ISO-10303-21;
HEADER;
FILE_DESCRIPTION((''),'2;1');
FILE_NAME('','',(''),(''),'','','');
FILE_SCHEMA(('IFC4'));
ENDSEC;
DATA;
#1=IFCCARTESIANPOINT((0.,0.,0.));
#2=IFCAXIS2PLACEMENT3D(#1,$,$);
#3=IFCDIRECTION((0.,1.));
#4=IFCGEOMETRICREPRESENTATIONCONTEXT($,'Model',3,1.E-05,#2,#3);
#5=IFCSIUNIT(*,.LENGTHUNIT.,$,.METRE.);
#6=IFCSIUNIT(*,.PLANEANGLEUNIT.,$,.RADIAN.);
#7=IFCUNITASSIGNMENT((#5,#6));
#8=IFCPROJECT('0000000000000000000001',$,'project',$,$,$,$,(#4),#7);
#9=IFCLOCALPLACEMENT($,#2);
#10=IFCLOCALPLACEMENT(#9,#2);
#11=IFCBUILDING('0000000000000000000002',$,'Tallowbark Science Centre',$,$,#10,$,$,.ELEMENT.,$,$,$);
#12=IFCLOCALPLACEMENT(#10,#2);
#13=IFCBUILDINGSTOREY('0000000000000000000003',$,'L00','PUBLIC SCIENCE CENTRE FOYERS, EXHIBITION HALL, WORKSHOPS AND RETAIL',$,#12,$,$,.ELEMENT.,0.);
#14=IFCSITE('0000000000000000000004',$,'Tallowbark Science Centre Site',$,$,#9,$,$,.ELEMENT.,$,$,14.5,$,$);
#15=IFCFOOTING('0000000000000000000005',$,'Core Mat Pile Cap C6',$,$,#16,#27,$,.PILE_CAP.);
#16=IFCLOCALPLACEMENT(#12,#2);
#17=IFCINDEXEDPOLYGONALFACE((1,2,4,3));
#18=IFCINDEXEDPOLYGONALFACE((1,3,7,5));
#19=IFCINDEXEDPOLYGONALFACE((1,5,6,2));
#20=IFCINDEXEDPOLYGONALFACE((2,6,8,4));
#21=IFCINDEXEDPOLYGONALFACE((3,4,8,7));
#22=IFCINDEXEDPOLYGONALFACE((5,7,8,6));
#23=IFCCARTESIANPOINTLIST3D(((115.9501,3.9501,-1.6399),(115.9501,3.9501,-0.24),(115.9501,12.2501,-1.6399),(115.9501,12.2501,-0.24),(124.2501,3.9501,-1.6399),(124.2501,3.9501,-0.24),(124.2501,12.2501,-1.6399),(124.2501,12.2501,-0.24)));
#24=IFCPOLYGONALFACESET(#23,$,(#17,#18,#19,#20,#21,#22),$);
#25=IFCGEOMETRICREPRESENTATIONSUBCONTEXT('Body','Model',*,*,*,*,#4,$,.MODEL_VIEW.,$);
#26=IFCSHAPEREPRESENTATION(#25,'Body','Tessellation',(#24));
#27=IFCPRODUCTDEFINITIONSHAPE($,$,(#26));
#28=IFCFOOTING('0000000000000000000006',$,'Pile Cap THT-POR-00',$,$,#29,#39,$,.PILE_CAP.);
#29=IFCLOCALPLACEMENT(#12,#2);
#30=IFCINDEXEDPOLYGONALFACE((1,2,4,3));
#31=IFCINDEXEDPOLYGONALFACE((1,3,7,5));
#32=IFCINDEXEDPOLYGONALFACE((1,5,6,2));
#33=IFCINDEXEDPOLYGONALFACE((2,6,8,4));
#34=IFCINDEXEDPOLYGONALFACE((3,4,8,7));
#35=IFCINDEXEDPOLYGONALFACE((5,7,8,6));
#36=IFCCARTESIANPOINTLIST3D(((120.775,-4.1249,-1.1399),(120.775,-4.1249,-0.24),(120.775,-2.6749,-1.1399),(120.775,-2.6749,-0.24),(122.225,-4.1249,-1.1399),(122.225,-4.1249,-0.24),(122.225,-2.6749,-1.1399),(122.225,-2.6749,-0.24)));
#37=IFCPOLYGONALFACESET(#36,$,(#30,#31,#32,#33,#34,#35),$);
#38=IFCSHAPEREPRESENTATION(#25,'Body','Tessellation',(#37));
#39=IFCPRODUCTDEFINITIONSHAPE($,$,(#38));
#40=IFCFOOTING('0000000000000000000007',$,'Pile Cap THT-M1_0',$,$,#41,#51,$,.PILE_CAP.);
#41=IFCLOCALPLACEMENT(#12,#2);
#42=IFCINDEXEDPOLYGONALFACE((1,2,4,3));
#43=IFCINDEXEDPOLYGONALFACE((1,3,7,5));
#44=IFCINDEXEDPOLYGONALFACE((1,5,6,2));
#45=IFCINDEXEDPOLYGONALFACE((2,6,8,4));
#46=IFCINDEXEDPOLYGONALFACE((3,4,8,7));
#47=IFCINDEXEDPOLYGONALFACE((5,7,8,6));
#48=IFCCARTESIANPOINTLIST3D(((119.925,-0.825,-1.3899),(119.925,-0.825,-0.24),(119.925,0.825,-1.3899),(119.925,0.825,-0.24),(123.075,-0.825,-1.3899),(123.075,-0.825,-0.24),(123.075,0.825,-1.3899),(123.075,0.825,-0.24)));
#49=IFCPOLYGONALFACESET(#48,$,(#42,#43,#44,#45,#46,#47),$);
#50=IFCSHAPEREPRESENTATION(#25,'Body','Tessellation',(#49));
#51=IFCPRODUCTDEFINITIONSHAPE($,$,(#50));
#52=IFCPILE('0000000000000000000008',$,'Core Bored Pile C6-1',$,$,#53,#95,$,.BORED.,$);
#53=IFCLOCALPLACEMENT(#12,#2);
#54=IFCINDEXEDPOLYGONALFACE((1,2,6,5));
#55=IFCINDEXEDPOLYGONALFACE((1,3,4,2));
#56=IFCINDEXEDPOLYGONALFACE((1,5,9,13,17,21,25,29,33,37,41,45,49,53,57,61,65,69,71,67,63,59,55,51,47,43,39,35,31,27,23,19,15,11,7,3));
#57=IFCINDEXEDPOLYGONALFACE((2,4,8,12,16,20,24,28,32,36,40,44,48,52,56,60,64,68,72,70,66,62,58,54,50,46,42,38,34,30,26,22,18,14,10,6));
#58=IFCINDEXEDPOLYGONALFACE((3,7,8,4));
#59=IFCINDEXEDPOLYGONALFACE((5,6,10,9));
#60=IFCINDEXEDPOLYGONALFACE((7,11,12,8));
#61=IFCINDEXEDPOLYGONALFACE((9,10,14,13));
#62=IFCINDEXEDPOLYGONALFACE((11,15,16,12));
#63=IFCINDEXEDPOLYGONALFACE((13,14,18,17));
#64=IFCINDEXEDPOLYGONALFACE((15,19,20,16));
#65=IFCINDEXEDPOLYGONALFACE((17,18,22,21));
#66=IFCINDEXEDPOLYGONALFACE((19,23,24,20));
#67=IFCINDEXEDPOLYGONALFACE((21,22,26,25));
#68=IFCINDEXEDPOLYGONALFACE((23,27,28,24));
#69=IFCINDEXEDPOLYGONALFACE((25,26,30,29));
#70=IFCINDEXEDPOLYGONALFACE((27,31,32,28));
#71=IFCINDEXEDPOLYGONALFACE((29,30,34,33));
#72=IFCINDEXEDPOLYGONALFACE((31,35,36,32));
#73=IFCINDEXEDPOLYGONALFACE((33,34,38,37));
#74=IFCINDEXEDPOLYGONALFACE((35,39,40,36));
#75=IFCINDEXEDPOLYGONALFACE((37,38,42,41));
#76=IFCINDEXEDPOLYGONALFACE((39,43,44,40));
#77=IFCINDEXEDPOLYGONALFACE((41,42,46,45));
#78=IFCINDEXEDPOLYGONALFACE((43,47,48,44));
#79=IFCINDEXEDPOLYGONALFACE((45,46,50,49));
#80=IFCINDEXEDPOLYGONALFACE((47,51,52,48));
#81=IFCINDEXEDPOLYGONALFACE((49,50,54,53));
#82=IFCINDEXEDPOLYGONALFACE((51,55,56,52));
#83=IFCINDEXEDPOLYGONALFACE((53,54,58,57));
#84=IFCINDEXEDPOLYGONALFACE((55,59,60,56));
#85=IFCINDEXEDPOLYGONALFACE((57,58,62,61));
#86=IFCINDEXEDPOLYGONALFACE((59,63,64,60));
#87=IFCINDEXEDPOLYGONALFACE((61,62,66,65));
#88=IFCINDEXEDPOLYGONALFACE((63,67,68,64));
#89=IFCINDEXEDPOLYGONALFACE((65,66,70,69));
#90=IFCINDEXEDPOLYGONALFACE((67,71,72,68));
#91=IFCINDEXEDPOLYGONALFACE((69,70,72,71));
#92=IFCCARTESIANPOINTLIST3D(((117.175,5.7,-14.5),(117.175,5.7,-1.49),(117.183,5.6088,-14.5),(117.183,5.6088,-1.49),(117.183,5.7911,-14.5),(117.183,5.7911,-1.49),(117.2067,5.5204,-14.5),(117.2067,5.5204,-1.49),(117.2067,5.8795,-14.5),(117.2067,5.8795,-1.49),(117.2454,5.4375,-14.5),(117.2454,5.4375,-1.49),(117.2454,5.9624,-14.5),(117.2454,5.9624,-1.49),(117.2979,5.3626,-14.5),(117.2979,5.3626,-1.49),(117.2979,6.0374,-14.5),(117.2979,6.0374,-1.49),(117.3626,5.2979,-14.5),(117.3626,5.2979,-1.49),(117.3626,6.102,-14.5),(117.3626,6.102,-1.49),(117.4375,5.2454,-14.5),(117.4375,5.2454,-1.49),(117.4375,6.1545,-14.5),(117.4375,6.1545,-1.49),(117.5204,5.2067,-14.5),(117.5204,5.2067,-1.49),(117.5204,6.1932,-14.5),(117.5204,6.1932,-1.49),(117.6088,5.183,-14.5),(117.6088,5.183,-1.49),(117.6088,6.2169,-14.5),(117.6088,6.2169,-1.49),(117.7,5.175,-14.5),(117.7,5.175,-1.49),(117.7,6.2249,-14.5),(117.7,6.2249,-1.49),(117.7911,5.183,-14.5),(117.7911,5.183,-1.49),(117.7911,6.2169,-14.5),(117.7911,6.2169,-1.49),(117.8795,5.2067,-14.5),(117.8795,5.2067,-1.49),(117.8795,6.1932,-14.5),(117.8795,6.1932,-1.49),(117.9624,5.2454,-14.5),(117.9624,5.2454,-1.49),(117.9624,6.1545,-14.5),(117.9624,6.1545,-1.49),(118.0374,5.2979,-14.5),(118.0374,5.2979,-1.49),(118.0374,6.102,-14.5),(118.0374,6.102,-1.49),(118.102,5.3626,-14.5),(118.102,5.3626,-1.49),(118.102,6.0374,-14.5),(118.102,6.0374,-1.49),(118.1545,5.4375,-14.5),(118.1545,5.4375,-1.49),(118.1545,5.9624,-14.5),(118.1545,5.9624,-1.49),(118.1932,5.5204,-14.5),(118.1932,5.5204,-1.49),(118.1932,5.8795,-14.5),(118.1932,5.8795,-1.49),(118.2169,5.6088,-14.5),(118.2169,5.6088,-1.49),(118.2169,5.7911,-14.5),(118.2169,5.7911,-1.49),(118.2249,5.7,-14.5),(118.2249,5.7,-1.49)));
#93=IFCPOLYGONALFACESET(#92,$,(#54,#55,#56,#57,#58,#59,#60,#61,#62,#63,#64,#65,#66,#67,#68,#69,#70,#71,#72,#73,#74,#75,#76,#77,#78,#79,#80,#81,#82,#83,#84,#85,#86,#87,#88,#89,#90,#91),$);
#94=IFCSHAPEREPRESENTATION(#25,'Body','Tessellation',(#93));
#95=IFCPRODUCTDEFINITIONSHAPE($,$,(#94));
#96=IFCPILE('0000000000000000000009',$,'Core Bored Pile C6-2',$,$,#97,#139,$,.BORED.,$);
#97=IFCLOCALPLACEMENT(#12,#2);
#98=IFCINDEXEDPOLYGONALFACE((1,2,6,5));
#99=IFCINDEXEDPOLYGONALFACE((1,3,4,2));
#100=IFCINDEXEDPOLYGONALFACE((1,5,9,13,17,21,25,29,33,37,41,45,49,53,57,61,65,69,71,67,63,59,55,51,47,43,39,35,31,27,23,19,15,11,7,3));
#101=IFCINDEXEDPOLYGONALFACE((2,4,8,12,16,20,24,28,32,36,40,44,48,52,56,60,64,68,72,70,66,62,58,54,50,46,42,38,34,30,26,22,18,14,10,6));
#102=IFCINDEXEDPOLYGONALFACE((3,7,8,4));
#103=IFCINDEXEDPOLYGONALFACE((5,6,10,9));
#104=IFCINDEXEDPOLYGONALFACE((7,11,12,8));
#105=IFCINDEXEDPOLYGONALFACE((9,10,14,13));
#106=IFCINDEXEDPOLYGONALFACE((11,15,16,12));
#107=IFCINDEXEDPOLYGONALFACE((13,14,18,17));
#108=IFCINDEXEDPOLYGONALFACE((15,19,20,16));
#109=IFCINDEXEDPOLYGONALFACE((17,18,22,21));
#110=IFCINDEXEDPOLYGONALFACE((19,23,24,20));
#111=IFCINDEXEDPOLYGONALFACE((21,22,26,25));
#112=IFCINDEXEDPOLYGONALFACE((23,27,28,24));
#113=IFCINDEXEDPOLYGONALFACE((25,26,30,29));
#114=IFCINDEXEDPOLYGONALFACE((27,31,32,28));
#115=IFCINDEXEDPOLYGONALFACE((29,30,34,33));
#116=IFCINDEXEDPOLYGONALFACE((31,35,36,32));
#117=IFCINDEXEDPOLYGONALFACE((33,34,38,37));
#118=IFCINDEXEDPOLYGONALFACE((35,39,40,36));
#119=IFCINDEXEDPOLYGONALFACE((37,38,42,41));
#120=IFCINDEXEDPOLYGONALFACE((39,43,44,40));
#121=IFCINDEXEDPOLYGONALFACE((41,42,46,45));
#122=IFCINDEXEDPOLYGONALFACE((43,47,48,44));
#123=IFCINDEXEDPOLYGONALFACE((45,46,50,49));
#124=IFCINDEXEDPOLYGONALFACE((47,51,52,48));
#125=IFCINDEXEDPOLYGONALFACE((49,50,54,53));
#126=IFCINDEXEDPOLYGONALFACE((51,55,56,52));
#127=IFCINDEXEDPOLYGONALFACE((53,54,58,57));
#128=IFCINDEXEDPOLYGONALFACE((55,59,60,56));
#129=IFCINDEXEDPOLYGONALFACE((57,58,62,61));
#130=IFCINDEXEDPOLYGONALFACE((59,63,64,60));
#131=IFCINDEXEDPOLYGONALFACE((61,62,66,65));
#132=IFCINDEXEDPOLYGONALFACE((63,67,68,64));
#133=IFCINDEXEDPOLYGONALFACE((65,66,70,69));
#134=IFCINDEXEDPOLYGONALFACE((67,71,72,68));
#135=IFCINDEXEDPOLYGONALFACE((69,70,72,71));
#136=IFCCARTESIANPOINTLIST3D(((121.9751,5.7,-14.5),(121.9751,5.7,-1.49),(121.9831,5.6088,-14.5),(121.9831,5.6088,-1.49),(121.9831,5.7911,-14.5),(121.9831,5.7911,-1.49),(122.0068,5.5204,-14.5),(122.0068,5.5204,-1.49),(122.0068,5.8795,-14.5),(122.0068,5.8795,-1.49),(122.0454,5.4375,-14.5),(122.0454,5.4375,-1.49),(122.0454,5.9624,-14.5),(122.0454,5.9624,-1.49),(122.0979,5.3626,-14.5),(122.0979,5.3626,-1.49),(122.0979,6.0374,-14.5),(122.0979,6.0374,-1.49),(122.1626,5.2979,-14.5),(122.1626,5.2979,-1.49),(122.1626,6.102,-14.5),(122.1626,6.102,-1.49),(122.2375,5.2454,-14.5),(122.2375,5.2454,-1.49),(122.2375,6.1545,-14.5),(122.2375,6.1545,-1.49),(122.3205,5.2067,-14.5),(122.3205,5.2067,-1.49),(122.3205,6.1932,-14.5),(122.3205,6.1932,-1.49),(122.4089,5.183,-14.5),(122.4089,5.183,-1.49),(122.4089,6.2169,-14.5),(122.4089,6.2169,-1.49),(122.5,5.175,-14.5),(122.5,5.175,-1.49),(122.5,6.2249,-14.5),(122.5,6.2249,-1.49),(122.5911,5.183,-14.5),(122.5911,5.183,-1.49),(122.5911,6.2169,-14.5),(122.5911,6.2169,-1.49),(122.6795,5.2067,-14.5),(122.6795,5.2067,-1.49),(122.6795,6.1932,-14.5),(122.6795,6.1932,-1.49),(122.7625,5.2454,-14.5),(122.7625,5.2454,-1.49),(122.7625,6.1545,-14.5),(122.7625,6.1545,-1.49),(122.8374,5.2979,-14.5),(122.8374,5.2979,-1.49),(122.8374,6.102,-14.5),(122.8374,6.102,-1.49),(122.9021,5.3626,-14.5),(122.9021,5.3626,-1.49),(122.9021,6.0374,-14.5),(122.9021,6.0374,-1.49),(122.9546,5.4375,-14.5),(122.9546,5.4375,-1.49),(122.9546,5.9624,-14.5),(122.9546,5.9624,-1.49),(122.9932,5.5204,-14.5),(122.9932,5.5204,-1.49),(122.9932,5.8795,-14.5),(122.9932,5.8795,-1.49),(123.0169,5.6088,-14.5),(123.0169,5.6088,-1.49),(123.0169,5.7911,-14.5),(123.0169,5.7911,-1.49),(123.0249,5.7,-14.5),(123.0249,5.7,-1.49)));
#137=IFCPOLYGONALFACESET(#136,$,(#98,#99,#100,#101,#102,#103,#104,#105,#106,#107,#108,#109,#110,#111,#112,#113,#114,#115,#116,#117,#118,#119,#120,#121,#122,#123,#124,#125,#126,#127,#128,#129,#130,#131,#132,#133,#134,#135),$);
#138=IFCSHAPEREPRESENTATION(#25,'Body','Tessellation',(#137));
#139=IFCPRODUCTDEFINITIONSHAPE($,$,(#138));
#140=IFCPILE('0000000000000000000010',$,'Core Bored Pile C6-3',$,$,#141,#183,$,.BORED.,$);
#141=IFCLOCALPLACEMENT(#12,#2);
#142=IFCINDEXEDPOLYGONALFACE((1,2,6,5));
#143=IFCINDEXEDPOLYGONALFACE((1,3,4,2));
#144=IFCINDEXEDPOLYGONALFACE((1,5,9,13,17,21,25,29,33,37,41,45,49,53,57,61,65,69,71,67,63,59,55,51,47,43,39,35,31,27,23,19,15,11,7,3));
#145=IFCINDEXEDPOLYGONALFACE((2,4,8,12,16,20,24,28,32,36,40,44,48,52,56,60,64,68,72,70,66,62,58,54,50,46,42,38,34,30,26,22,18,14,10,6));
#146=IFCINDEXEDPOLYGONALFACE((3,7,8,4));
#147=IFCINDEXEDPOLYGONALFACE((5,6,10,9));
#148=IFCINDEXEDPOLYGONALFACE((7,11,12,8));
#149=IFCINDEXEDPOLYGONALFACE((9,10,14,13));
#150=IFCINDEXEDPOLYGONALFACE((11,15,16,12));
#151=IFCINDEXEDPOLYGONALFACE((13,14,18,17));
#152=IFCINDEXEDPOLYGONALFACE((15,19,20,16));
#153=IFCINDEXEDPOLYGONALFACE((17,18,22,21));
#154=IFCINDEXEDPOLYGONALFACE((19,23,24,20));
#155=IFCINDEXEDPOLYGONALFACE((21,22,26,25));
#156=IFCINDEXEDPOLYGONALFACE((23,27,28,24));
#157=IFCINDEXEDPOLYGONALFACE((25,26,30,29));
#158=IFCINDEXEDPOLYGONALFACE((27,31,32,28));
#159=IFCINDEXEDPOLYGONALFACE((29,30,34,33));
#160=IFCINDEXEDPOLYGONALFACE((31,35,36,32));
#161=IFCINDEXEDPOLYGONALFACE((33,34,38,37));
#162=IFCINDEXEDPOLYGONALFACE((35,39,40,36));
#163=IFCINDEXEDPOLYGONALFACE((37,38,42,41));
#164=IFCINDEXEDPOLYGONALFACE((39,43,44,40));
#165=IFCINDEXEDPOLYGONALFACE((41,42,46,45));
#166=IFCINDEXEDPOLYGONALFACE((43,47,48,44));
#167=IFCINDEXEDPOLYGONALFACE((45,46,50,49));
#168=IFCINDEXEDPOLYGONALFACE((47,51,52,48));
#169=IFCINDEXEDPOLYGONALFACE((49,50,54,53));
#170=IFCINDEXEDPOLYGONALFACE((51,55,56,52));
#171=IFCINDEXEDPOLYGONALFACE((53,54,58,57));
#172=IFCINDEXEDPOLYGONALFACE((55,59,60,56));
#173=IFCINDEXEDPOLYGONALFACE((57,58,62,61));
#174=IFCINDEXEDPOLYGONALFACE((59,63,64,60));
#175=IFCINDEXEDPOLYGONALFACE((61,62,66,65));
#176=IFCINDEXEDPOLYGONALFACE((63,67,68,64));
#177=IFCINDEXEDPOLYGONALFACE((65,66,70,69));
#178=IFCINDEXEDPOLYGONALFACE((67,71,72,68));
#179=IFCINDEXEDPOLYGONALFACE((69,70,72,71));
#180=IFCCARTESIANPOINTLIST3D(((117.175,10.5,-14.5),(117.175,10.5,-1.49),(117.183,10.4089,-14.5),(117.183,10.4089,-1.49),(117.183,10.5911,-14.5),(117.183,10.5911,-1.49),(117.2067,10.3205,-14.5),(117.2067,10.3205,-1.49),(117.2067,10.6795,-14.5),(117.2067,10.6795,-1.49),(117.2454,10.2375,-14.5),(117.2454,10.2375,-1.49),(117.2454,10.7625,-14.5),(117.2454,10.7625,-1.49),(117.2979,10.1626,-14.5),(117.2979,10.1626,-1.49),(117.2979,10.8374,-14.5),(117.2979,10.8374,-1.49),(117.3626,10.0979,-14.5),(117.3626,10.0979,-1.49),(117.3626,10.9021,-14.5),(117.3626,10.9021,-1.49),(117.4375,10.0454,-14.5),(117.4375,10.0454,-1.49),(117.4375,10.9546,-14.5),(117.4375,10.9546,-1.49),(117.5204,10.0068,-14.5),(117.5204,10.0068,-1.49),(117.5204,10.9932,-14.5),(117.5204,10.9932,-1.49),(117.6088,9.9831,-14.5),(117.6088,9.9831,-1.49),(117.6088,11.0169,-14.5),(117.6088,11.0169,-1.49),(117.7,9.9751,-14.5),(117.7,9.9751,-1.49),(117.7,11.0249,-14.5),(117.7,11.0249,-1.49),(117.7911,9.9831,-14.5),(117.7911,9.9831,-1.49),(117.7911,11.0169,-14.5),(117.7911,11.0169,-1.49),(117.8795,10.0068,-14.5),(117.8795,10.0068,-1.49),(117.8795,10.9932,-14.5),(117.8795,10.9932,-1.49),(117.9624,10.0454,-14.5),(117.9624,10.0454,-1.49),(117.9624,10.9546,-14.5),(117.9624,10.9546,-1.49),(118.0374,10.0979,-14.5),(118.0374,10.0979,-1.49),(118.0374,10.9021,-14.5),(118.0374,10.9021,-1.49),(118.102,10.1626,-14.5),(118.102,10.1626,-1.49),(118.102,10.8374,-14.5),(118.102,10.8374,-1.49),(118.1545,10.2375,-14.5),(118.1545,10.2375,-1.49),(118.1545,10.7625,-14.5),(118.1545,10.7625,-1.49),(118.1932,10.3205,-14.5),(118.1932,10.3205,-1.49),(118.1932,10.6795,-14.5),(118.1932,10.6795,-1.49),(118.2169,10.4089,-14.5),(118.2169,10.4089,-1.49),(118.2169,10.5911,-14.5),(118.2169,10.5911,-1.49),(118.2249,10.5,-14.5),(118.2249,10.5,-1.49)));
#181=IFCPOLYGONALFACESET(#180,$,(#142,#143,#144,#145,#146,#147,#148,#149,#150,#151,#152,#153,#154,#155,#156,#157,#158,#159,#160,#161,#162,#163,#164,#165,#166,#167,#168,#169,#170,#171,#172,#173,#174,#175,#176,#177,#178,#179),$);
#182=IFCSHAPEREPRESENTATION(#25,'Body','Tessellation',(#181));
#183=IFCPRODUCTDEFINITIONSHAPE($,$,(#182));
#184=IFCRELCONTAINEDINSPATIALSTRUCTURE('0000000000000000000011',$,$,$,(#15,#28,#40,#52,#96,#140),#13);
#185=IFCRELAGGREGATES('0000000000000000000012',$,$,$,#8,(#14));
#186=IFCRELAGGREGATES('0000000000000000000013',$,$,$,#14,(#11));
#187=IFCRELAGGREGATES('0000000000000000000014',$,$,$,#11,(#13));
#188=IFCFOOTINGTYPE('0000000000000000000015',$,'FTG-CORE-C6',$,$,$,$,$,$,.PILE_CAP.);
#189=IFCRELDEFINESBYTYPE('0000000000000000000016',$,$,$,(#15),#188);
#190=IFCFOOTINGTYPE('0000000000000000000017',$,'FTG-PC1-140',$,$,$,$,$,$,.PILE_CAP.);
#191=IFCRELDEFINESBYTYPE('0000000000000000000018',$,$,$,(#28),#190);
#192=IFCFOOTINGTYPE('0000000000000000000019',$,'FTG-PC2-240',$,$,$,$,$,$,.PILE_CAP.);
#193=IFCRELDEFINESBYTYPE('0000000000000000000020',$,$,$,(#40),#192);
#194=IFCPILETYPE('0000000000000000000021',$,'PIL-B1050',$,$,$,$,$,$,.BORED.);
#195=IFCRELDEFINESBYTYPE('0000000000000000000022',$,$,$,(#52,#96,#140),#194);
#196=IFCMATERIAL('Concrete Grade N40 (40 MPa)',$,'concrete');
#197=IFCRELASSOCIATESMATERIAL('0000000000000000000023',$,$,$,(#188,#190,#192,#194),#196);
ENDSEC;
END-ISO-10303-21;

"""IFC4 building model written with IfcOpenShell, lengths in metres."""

from ifc_helpers import new_model, si_unit, direction, frame, origin, origin_2d, place, context, subcontext, project, spatial, rectangle, circle, extrude, material, material_profile, profile_set, type_object, element, save


model = new_model("IFC4")

# Units and contexts
model_context = context("Model", 3, precision=1e-05, world=origin(), true_north=direction((0.0, 1.0)))
body_context = subcontext(model_context, "Body", "Model", "MODEL_VIEW")
ifc_project = project(units=[si_unit("LENGTHUNIT", "METRE"), si_unit("PLANEANGLEUNIT", "RADIAN")], contexts=[model_context])

# Site, building, storey
site_placement = place(None, origin())
site = spatial("IfcSite", under=ifc_project, at=site_placement, Name="Tallowbark Science Centre Site", CompositionType="ELEMENT", RefElevation=14.5)
building_placement = place(site_placement, origin())
building = spatial("IfcBuilding", under=site, at=building_placement, Name="Tallowbark Science Centre", CompositionType="ELEMENT")
storey_placement = place(building_placement, origin())
storey = spatial("IfcBuildingStorey", under=building, at=storey_placement, Name="L00", Description="PUBLIC SCIENCE CENTRE FOYERS, EXHIBITION HALL, WORKSHOPS AND RETAIL", CompositionType="ELEMENT", Elevation=0.0)

# Footings
ifc_material_1 = material(Name="Concrete Grade N40 (40 MPa)", Category="concrete")
footing_type_1 = type_object("IfcFootingType", Name="FTG-CORE-C6", PredefinedType="PILE_CAP", material=ifc_material_1)
footing_1_placement = place(storey_placement, frame((120.1001, 8.1001, -1.6399), z_axis=(0.0, 0.0, 1.0), x_axis=(1.0, 0.0, 0.0)))
element("IfcFooting", 1, at=footing_1_placement, inside=storey, type_object=footing_type_1, Name="Core Mat Pile Cap C6", PredefinedType="PILE_CAP", context=body_context, shape_type="SweptSolid", body=[
    extrude(rectangle(XDim=8.3, YDim=8.3, at=origin_2d()), origin(), (0.0, 0.0, 1.0), 1.3999),
])
footing_type_2 = type_object("IfcFootingType", Name="FTG-PC1-140", PredefinedType="PILE_CAP", material=ifc_material_1)
footing_2_placement = place(storey_placement, frame((121.5, -3.3999, -1.1399), z_axis=(0.0, 0.0, 1.0), x_axis=(1.0, 0.0, 0.0)))
element("IfcFooting", 2, at=footing_2_placement, inside=storey, type_object=footing_type_2, Name="Pile Cap THT-POR-00", PredefinedType="PILE_CAP", context=body_context, shape_type="SweptSolid", body=[
    extrude(rectangle(XDim=1.45, YDim=1.45, at=origin_2d()), origin(), (0.0, 0.0, 1.0), 0.8999),
])
footing_type_3 = type_object("IfcFootingType", Name="FTG-PC2-240", PredefinedType="PILE_CAP", material=ifc_material_1)
footing_3_placement = place(storey_placement, frame((121.5, 0.0, -1.3899), z_axis=(0.0, 0.0, 1.0), x_axis=(1.0, 0.0, 0.0)))
element("IfcFooting", 3, at=footing_3_placement, inside=storey, type_object=footing_type_3, Name="Pile Cap THT-M1_0", PredefinedType="PILE_CAP", context=body_context, shape_type="SweptSolid", body=[
    extrude(rectangle(XDim=3.1499, YDim=1.6499, at=origin_2d()), origin(), (0.0, 0.0, 1.0), 1.1499),
])

# Piles
ifc_material_profile_1 = material_profile(ifc_material_1, circle(Radius=0.5249, at=origin_2d()), Name="PILE1050")
ifc_profile_set_1 = profile_set([ifc_material_profile_1], Name="Concrete Grade N40 (40 MPa)")
pile_type_1 = type_object("IfcPileType", Name="PIL-B1050", PredefinedType="BORED", material=ifc_profile_set_1)
for number, where, z_axis, x_axis, name in (
    (4, (117.7, 5.7, -1.49), (0.0, 0.0, -1.0), (1.0, 0.0, 0.0), "Core Bored Pile C6-1"),
    (5, (122.5, 5.7, -1.49), (0.0, 0.0, -1.0), (1.0, 0.0, 0.0), "Core Bored Pile C6-2"),
    (6, (117.7, 10.5, -1.49), (0.0, 0.0, -1.0), (1.0, 0.0, 0.0), "Core Bored Pile C6-3"),
):
    element("IfcPile", number, at=place(storey_placement, frame(where, z_axis=z_axis, x_axis=x_axis)), inside=storey, type_object=pile_type_1, Name=name, PredefinedType="BORED", context=body_context, shape_type="SweptSolid", body=[
        extrude(circle(Radius=0.5249, at=origin_2d()), origin(), (0.0, 0.0, 1.0), 13.01),
    ])

save(model, "model.ifc")
